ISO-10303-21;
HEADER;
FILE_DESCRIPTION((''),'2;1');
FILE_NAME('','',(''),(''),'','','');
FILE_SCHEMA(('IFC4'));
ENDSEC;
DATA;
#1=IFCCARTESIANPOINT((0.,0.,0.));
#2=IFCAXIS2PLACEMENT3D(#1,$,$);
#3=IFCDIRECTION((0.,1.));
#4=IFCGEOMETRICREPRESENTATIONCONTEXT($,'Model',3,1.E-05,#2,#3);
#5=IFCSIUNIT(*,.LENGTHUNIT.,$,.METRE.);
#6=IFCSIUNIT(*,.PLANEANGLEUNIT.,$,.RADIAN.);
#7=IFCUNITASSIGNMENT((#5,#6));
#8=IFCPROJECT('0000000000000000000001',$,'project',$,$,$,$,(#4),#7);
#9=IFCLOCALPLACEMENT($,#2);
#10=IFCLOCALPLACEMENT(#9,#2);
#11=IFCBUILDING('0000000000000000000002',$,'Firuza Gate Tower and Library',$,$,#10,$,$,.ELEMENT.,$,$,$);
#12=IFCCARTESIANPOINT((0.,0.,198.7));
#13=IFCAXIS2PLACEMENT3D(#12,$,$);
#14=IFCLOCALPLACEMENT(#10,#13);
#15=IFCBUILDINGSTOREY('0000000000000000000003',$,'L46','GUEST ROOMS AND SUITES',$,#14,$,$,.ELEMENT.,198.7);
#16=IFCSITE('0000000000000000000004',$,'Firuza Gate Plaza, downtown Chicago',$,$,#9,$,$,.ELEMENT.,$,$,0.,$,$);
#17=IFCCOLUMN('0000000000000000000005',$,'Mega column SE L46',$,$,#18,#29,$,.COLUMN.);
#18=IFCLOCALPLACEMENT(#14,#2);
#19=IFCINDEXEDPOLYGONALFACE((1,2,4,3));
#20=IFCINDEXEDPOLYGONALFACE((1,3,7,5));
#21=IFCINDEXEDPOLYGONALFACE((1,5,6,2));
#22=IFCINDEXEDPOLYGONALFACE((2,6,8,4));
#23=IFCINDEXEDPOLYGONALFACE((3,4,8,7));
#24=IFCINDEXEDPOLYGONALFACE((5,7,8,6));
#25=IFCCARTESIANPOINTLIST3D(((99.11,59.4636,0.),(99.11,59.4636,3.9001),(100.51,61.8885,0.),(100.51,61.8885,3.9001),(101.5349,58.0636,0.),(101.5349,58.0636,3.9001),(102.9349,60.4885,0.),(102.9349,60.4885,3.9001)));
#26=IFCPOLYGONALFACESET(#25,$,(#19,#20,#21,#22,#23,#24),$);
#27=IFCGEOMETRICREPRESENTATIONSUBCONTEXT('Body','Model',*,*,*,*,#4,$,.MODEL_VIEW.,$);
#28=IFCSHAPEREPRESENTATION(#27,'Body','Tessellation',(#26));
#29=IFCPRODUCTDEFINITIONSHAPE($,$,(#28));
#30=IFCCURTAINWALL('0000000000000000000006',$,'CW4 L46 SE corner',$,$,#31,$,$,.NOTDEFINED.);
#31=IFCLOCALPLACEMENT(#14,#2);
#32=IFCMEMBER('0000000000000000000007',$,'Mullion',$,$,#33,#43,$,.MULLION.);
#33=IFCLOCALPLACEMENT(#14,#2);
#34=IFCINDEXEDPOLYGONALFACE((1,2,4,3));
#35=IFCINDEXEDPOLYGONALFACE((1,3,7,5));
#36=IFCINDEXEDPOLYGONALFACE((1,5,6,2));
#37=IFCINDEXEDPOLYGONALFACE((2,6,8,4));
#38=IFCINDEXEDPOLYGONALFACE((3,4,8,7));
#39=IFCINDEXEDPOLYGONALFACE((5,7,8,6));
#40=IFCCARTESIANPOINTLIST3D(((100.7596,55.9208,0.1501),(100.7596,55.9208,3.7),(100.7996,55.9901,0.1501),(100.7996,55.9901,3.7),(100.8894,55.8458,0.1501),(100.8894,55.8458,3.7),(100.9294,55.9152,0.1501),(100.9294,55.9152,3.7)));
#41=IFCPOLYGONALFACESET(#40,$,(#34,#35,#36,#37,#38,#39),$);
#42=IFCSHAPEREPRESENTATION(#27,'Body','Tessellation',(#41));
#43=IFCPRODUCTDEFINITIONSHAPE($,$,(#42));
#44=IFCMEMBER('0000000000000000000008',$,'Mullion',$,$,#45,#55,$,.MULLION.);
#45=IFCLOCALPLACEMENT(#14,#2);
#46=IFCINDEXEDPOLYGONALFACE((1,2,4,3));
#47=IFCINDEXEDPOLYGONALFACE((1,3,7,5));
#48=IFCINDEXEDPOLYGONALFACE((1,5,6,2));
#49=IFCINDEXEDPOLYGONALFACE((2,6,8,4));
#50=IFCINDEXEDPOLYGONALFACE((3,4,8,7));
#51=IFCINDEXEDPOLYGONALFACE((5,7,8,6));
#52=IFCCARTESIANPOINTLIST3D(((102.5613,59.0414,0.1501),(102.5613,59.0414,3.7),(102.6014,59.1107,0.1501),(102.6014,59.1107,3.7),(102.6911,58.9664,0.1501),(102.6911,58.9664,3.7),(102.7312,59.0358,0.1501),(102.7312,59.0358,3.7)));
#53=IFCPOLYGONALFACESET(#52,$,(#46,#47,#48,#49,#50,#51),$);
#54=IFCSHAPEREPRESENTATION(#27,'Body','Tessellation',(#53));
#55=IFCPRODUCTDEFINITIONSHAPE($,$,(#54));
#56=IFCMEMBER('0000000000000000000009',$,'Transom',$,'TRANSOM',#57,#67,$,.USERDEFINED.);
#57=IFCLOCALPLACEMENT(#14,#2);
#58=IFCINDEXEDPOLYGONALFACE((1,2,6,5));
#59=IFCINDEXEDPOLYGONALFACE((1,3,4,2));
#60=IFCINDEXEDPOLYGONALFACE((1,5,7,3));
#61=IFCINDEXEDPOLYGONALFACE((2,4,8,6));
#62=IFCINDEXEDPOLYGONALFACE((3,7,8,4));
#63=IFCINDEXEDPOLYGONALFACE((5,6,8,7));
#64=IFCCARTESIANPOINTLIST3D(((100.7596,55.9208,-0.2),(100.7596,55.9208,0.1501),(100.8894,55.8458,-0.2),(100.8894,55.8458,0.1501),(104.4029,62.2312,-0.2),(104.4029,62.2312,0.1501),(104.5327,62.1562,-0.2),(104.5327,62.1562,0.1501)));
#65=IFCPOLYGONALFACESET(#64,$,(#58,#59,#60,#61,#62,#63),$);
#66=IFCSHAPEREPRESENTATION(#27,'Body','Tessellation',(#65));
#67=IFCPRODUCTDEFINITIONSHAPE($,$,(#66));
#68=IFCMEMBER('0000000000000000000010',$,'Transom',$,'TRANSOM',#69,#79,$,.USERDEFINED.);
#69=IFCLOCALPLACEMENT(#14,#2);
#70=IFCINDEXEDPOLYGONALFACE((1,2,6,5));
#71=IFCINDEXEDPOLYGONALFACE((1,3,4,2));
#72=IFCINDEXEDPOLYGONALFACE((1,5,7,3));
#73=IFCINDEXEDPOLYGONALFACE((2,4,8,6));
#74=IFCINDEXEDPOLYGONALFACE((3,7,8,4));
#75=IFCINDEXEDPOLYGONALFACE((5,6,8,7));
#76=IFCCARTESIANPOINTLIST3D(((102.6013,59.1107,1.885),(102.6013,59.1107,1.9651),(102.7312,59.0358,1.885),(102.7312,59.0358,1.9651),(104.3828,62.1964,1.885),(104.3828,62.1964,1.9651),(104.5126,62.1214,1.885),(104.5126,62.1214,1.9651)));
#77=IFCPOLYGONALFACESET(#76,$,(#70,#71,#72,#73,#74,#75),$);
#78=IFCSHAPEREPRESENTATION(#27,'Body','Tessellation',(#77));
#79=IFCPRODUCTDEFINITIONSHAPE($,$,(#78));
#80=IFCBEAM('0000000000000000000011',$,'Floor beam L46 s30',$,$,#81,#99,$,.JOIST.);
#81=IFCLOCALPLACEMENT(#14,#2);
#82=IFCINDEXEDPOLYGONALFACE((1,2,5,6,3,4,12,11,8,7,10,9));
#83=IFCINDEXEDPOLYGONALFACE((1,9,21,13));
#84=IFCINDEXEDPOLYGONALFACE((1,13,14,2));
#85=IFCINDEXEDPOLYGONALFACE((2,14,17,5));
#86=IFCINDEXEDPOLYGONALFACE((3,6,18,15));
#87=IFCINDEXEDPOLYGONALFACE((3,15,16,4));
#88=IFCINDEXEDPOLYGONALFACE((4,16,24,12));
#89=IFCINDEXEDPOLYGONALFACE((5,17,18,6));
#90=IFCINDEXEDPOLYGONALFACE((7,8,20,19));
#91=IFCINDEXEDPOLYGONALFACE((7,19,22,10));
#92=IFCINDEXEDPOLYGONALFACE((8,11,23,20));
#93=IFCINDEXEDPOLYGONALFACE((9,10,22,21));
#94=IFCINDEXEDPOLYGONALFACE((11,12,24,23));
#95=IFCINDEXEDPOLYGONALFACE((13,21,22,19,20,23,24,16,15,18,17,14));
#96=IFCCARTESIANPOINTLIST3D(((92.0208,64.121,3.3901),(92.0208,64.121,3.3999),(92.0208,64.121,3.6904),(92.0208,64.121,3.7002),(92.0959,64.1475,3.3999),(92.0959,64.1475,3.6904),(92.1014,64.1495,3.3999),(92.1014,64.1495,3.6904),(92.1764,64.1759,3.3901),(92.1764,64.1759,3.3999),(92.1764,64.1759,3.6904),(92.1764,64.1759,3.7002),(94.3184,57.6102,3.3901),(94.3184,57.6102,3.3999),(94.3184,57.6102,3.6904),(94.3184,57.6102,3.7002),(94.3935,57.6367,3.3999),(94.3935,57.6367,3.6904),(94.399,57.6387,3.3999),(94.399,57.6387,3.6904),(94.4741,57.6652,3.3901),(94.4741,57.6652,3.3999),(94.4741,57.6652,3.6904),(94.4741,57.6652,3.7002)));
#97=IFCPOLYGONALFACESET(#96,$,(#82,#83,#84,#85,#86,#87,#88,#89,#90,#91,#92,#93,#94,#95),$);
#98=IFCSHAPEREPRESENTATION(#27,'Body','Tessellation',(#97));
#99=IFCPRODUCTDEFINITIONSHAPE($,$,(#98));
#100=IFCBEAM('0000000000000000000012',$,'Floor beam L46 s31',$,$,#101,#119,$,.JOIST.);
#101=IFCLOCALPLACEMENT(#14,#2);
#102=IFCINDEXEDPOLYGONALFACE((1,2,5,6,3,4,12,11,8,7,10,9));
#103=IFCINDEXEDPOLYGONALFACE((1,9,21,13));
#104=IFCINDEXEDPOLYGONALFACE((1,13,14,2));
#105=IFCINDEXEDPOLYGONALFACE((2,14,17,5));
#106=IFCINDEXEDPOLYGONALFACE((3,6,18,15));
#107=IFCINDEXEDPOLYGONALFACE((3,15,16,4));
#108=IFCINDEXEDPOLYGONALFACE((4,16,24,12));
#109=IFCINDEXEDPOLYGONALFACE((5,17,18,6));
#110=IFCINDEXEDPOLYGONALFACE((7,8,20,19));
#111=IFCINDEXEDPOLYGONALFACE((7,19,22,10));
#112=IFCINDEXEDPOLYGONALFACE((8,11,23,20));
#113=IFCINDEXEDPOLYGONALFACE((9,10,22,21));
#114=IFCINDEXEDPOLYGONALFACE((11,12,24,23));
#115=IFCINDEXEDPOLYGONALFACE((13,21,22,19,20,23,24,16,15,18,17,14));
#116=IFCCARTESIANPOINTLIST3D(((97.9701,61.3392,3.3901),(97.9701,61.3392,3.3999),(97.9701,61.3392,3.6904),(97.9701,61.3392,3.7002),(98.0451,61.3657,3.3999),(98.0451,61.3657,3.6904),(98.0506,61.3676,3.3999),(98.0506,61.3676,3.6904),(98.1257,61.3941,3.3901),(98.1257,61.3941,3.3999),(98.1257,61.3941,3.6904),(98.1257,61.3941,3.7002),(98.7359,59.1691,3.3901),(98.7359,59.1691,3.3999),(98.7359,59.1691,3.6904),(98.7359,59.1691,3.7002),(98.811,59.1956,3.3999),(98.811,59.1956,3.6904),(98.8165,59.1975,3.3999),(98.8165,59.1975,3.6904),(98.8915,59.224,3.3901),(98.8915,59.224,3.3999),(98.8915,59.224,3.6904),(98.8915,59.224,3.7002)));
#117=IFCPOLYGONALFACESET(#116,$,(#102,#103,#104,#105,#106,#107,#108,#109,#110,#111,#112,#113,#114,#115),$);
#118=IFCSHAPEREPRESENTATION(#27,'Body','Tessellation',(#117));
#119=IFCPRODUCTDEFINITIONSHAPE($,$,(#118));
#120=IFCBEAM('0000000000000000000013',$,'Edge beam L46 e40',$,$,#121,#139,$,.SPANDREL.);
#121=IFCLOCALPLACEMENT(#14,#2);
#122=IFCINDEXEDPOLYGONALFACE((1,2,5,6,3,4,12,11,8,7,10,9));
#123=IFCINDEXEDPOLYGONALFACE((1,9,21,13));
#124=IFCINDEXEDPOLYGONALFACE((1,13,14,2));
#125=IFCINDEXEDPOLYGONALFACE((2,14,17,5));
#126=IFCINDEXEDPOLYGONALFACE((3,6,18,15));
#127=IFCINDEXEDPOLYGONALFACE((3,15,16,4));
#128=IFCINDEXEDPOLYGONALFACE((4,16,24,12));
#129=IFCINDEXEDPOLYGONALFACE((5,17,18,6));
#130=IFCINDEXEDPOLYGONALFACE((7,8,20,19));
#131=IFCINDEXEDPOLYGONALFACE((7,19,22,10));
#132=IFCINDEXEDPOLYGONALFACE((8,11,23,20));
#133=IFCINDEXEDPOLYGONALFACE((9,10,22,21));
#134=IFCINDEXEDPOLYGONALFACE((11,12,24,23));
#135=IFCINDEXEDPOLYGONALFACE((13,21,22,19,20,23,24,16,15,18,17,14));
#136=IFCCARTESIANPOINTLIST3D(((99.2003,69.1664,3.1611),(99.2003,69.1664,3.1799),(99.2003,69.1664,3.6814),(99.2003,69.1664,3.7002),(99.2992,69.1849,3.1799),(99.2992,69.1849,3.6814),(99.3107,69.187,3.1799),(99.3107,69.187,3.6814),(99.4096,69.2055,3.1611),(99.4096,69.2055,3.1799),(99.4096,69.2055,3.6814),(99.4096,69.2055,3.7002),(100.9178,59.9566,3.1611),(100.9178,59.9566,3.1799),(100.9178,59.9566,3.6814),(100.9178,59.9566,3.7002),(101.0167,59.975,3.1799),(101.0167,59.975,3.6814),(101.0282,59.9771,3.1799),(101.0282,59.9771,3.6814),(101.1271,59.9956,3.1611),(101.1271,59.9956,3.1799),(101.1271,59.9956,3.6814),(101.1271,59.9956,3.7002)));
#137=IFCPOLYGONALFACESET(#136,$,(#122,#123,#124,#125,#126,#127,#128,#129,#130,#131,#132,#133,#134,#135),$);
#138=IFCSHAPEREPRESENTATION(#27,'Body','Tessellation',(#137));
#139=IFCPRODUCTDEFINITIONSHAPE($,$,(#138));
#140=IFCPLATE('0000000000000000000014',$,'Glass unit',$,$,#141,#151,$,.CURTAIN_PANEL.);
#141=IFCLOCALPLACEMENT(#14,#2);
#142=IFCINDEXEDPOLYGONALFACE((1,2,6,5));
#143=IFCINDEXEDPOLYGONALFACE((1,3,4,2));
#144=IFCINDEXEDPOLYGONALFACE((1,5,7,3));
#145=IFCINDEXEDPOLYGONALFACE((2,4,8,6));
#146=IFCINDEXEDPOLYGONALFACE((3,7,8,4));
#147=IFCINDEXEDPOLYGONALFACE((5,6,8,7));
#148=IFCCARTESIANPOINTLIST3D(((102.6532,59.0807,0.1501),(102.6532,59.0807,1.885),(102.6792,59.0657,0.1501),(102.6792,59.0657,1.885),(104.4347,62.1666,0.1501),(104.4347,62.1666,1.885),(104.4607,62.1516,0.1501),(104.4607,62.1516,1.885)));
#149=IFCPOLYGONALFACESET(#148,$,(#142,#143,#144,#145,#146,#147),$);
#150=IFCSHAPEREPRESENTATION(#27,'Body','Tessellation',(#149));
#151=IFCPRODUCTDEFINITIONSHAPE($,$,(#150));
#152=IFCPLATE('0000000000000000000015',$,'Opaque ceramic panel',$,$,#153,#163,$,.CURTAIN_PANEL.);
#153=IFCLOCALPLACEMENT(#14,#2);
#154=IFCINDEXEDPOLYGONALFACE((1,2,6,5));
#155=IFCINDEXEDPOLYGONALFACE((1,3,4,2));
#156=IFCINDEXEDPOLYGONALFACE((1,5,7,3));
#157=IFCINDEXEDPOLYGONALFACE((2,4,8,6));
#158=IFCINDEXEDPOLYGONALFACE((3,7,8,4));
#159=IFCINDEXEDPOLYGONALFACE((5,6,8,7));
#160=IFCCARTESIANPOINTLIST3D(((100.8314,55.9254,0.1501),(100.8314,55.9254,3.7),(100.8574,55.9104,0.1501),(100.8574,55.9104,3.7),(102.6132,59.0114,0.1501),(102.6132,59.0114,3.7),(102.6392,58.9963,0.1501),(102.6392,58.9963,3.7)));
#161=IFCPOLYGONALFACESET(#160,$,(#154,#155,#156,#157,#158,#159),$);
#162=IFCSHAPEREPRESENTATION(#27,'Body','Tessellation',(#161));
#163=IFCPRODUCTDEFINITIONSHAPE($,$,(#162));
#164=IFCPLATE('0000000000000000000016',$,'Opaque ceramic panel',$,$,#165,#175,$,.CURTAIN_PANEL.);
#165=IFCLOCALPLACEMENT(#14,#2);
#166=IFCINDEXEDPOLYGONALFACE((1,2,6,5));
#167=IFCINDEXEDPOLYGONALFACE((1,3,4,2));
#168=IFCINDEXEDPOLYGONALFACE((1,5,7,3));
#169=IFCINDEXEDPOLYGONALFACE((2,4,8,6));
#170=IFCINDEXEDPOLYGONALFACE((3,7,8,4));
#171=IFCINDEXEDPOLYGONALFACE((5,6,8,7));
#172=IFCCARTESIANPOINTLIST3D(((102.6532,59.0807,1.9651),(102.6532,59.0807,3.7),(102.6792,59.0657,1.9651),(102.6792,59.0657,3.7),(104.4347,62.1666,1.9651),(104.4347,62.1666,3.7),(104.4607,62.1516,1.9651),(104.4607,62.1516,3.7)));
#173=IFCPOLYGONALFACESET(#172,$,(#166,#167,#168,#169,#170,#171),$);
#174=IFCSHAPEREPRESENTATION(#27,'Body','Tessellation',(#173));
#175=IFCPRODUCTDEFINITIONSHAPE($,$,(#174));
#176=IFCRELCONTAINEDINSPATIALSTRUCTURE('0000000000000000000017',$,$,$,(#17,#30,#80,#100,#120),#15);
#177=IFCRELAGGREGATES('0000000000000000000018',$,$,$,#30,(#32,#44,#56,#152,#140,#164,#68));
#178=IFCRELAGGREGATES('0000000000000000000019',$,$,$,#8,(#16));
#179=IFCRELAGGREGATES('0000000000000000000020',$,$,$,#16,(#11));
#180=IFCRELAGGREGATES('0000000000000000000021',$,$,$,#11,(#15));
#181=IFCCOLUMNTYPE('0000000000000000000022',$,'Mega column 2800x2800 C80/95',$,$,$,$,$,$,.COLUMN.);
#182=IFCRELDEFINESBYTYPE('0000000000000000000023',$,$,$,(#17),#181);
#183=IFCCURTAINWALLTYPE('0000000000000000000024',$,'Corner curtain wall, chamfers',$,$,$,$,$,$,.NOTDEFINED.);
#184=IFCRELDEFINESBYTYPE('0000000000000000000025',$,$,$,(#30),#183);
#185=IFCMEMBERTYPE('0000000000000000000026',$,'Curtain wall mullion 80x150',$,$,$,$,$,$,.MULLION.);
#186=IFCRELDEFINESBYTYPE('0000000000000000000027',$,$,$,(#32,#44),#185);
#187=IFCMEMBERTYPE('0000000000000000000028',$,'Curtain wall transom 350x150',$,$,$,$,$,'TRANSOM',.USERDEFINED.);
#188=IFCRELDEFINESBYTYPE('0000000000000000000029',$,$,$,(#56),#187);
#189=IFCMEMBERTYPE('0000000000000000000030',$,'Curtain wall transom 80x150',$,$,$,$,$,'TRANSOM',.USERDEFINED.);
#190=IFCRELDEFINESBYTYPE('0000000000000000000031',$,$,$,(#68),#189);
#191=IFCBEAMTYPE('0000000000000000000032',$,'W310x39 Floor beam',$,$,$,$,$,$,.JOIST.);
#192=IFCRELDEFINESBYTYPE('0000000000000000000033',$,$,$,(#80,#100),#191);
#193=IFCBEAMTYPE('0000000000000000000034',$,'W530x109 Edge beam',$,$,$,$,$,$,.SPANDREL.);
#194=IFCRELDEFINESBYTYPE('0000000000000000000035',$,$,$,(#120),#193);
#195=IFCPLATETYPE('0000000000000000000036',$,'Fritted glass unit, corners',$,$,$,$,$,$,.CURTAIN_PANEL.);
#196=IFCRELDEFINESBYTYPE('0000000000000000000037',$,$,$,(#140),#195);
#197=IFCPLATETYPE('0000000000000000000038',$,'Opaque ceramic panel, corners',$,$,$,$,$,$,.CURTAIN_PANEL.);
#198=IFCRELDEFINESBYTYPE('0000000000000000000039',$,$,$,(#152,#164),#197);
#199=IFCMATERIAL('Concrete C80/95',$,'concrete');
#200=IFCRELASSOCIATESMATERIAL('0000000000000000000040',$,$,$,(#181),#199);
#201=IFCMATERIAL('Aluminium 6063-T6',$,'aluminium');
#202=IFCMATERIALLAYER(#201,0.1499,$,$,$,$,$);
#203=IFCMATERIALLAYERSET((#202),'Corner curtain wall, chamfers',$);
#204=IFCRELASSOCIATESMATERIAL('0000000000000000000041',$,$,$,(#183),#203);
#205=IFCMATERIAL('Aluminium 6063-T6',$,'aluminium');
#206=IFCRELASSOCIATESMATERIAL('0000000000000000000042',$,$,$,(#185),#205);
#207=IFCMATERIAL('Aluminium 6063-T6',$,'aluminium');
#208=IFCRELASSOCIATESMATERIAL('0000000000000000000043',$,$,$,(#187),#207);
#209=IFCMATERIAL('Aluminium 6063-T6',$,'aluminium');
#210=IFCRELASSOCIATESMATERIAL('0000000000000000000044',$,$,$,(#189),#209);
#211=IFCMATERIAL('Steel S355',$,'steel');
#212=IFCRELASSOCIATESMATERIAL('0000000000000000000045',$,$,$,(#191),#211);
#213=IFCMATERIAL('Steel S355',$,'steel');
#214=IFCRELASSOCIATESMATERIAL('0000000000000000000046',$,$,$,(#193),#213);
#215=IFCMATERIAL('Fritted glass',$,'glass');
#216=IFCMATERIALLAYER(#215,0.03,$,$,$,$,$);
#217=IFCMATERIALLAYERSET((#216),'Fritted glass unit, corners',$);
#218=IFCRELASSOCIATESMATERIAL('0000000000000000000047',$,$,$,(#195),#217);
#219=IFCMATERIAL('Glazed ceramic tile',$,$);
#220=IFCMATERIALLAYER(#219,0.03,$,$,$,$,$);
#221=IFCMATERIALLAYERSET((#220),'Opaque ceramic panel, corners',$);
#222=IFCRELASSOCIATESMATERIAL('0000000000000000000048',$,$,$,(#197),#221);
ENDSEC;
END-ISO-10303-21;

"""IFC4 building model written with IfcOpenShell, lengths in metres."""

from ifc_helpers import new_model, si_unit, direction, frame, origin, origin_2d, place, context, subcontext, project, spatial, polyline, rectangle, i_section, outline, extrude, material, layer, layer_set, material_profile, profile_set, type_object, element, aggregate, save


model = new_model("IFC4")

# Units and contexts
model_context = context("Model", 3, precision=1e-05, world=origin(), true_north=direction((0.0, 1.0)))
body_context = subcontext(model_context, "Body", "Model", "MODEL_VIEW")
ifc_project = project(units=[si_unit("LENGTHUNIT", "METRE"), si_unit("PLANEANGLEUNIT", "RADIAN")], contexts=[model_context])

# Site, building, storey
site_placement = place(None, origin())
site = spatial("IfcSite", under=ifc_project, at=site_placement, Name="Firuza Gate Plaza, downtown Chicago", CompositionType="ELEMENT", RefElevation=0.0)
building_placement = place(site_placement, origin())
building = spatial("IfcBuilding", under=site, at=building_placement, Name="Firuza Gate Tower and Library", CompositionType="ELEMENT")
storey_placement = place(building_placement, frame((0.0, 0.0, 198.7)))
storey = spatial("IfcBuildingStorey", under=building, at=storey_placement, Name="L46", Description="GUEST ROOMS AND SUITES", CompositionType="ELEMENT", Elevation=198.7)

# Column
ifc_material_1 = material(Name="Concrete C80/95", Category="concrete")
ifc_material_profile_1 = material_profile(ifc_material_1, rectangle(XDim=2.8, YDim=2.8, at=origin_2d()))
ifc_profile_set_1 = profile_set([ifc_material_profile_1], Name="Concrete C80/95")
column_type = type_object("IfcColumnType", Name="Mega column 2800x2800 C80/95", PredefinedType="COLUMN", material=ifc_profile_set_1)
column_placement = place(storey_placement, frame((101.0225, 59.9761, 0.0), z_axis=(0.0, 0.0, 1.0), x_axis=(0.5, 0.866025, 0.0)))
element("IfcColumn", 1, at=column_placement, inside=storey, type_object=column_type, Name="Mega column SE L46", PredefinedType="COLUMN", context=body_context, shape_type="SweptSolid", body=[
    extrude(rectangle(XDim=2.8, YDim=2.8, at=origin_2d()), origin(), (0.0, 0.0, 1.0), 3.9001),
])

# Curtain wall, members
ifc_material_2 = material(Name="Aluminium 6063-T6", Category="aluminium")
ifc_layer_1 = layer(ifc_material_2, 0.1499)
ifc_layer_set_1 = layer_set([ifc_layer_1], Name="Corner curtain wall, chamfers")
curtain_wall_type = type_object("IfcCurtainWallType", Name="Corner curtain wall, chamfers", PredefinedType="NOTDEFINED", material=ifc_layer_set_1)
curtain_wall_placement = place(storey_placement, origin())
curtain_wall = element("IfcCurtainWall", 2, at=curtain_wall_placement, inside=storey, type_object=curtain_wall_type, Name="CW4 L46 SE corner", PredefinedType="NOTDEFINED")
ifc_material_3 = material(Name="Aluminium 6063-T6", Category="aluminium")
ifc_material_profile_2 = material_profile(ifc_material_3, rectangle(XDim=0.1499, YDim=0.0801, at=origin_2d()))
ifc_profile_set_2 = profile_set([ifc_material_profile_2], Name="Aluminium 6063-T6")
member_type_1 = type_object("IfcMemberType", Name="Curtain wall mullion 80x150", PredefinedType="MULLION", material=ifc_profile_set_2)
member_1_placement = place(storey_placement, frame((100.8445, 55.918, 0.1501), z_axis=(0.0, 0.0, 1.0), x_axis=(-0.866025, 0.5, 0.0)))
member_1 = element("IfcMember", 3, at=member_1_placement, type_object=member_type_1, Name="Mullion", PredefinedType="MULLION", context=body_context, shape_type="SweptSolid", body=[
    extrude(rectangle(XDim=0.1499, YDim=0.0801, at=origin_2d()), origin(), (0.0, 0.0, 1.0), 3.5498),
])
member_2_placement = place(storey_placement, frame((102.6462, 59.0386, 0.1501), z_axis=(0.0, 0.0, 1.0), x_axis=(-0.866025, 0.5, 0.0)))
member_2 = element("IfcMember", 4, at=member_2_placement, type_object=member_type_1, Name="Mullion", PredefinedType="MULLION", context=body_context, shape_type="SweptSolid", body=[
    extrude(rectangle(XDim=0.1499, YDim=0.0801, at=origin_2d()), origin(), (0.0, 0.0, 1.0), 3.5498),
])
ifc_material_4 = material(Name="Aluminium 6063-T6", Category="aluminium")
ifc_material_profile_3 = material_profile(ifc_material_4, rectangle(XDim=0.1499, YDim=0.3501, at=origin_2d()))
ifc_profile_set_3 = profile_set([ifc_material_profile_3], Name="Aluminium 6063-T6")
member_type_2 = type_object("IfcMemberType", Name="Curtain wall transom 350x150", ElementType="TRANSOM", PredefinedType="USERDEFINED", material=ifc_profile_set_3)
member_3_placement = place(storey_placement, frame((100.8245, 55.8833, -0.0249), z_axis=(0.500006, 0.866022, 0.0), x_axis=(-0.866022, 0.500006, 0.0)))
member_3 = element("IfcMember", 5, at=member_3_placement, type_object=member_type_2, Name="Transom", ObjectType="TRANSOM", PredefinedType="USERDEFINED", context=body_context, shape_type="SweptSolid", body=[
    extrude(rectangle(XDim=0.1499, YDim=0.3501, at=origin_2d()), origin(), (0.0, 0.0, 1.0), 7.2866),
])
ifc_material_5 = material(Name="Aluminium 6063-T6", Category="aluminium")
ifc_material_profile_4 = material_profile(ifc_material_5, rectangle(XDim=0.1499, YDim=0.0801, at=origin_2d()))
ifc_profile_set_4 = profile_set([ifc_material_profile_4], Name="Aluminium 6063-T6")
member_type_3 = type_object("IfcMemberType", Name="Curtain wall transom 80x150", ElementType="TRANSOM", PredefinedType="USERDEFINED", material=ifc_profile_set_4)
member_4_placement = place(storey_placement, frame((102.6663, 59.0732, 1.925), z_axis=(0.499993, 0.866029, 0.0), x_axis=(-0.866029, 0.499993, 0.0)))
member_4 = element("IfcMember", 6, at=member_4_placement, type_object=member_type_3, Name="Transom", ObjectType="TRANSOM", PredefinedType="USERDEFINED", context=body_context, shape_type="SweptSolid", body=[
    extrude(rectangle(XDim=0.1499, YDim=0.0801, at=origin_2d()), origin(), (0.0, 0.0, 1.0), 3.563),
])

# Beams
ifc_material_6 = material(Name="Steel S355", Category="steel")
ifc_material_profile_5 = material_profile(ifc_material_6, i_section(OverallWidth=0.165, OverallDepth=0.3101, WebThickness=0.0059, FlangeThickness=0.0098, at=origin_2d()))
ifc_profile_set_5 = profile_set([ifc_material_profile_5], Name="Steel S355")
beam_type_1 = type_object("IfcBeamType", Name="W310x39 Floor beam", PredefinedType="JOIST", material=ifc_profile_set_5)
beam_1_placement = place(storey_placement, frame((94.3962, 57.6377, 3.5452), z_axis=(-0.332781, 0.943004, 0.0), x_axis=(-0.943004, -0.332781, 0.0)))
element("IfcBeam", 7, at=beam_1_placement, inside=storey, type_object=beam_type_1, Name="Floor beam L46 s30", PredefinedType="JOIST", context=body_context, shape_type="SweptSolid", body=[
    extrude(i_section(OverallWidth=0.165, OverallDepth=0.3101, WebThickness=0.0059, FlangeThickness=0.0098, at=origin_2d()), origin(), (0.0, 0.0, 1.0), 6.9043),
])
beam_2_placement = place(storey_placement, frame((98.8137, 59.1965, 3.5452), z_axis=(-0.332792, 0.943, 0.0), x_axis=(-0.943, -0.332792, 0.0)))
element("IfcBeam", 8, at=beam_2_placement, inside=storey, type_object=beam_type_1, Name="Floor beam L46 s31", PredefinedType="JOIST", context=body_context, shape_type="SweptSolid", body=[
    extrude(i_section(OverallWidth=0.165, OverallDepth=0.3101, WebThickness=0.0059, FlangeThickness=0.0098, at=origin_2d()), origin(), (0.0, 0.0, 1.0), 2.3013),
])
ifc_material_7 = material(Name="Steel S355", Category="steel")
ifc_material_profile_6 = material_profile(ifc_material_7, i_section(OverallWidth=0.2129, OverallDepth=0.5391, WebThickness=0.0117, FlangeThickness=0.0188, at=origin_2d()))
ifc_profile_set_6 = profile_set([ifc_material_profile_6], Name="Steel S355")
beam_type_2 = type_object("IfcBeamType", Name="W530x109 Edge beam", PredefinedType="SPANDREL", material=ifc_profile_set_6)
beam_3_placement = place(storey_placement, frame((101.0225, 59.9761, 3.4307), z_axis=(-0.183326, 0.983052, 0.0), x_axis=(-0.983052, -0.183326, 0.0)))
element("IfcBeam", 9, at=beam_3_placement, inside=storey, type_object=beam_type_2, Name="Edge beam L46 e40", PredefinedType="SPANDREL", context=body_context, shape_type="SweptSolid", body=[
    extrude(i_section(OverallWidth=0.2129, OverallDepth=0.5391, WebThickness=0.0117, FlangeThickness=0.0188, at=origin_2d()), origin(), (0.0, 0.0, 1.0), 9.3687),
])

# Plates
ifc_material_8 = material(Name="Fritted glass", Category="glass")
ifc_layer_2 = layer(ifc_material_8, 0.03)
ifc_layer_set_2 = layer_set([ifc_layer_2], Name="Fritted glass unit, corners")
plate_type_1 = type_object("IfcPlateType", Name="Fritted glass unit, corners", PredefinedType="CURTAIN_PANEL", material=ifc_layer_set_2)
plate_1_placement = place(storey_placement, frame((102.6792, 59.0657, 0.1501), z_axis=(0.866046, -0.499964, 0.0), x_axis=(0.499964, 0.866046, 0.0)))
plate_1 = element("IfcPlate", 10, at=plate_1_placement, type_object=plate_type_1, Name="Glass unit", PredefinedType="CURTAIN_PANEL", context=body_context, shape_type="SweptSolid", body=[
    extrude(outline(polyline([(0.0, 0.0), (3.5632, 0.0), (3.5632, 1.7349), (0.0, 1.7349), (0.0, 0.0)])), origin(), (0.0, 0.0, -1.0), 0.03),
])
ifc_material_9 = material(Name="Glazed ceramic tile")
ifc_layer_3 = layer(ifc_material_9, 0.03)
ifc_layer_set_3 = layer_set([ifc_layer_3], Name="Opaque ceramic panel, corners")
plate_type_2 = type_object("IfcPlateType", Name="Opaque ceramic panel, corners", PredefinedType="CURTAIN_PANEL", material=ifc_layer_set_3)
plate_2_placement = place(storey_placement, frame((100.8574, 55.9104, 0.1501), z_axis=(0.866017, -0.500015, 0.0), x_axis=(0.500015, 0.866017, 0.0)))
plate_2 = element("IfcPlate", 11, at=plate_2_placement, type_object=plate_type_2, Name="Opaque ceramic panel", PredefinedType="CURTAIN_PANEL", context=body_context, shape_type="SweptSolid", body=[
    extrude(outline(polyline([(0.0, 0.0), (3.5634, 0.0), (3.5634, 3.5498), (0.0, 3.5498), (0.0, 0.0)])), origin(), (0.0, 0.0, -1.0), 0.03),
])
plate_3_placement = place(storey_placement, frame((102.6792, 59.0657, 1.9651), z_axis=(0.866046, -0.499964, 0.0), x_axis=(0.499964, 0.866046, 0.0)))
plate_3 = element("IfcPlate", 12, at=plate_3_placement, type_object=plate_type_2, Name="Opaque ceramic panel", PredefinedType="CURTAIN_PANEL", context=body_context, shape_type="SweptSolid", body=[
    extrude(outline(polyline([(0.0, 0.0), (3.5632, 0.0), (3.5632, 1.7349), (0.0, 1.7349), (0.0, 0.0)])), origin(), (0.0, 0.0, -1.0), 0.03),
])
aggregate(curtain_wall, [member_1, member_2, member_3, plate_2, plate_1, plate_3, member_4])

save(model, "model.ifc")
